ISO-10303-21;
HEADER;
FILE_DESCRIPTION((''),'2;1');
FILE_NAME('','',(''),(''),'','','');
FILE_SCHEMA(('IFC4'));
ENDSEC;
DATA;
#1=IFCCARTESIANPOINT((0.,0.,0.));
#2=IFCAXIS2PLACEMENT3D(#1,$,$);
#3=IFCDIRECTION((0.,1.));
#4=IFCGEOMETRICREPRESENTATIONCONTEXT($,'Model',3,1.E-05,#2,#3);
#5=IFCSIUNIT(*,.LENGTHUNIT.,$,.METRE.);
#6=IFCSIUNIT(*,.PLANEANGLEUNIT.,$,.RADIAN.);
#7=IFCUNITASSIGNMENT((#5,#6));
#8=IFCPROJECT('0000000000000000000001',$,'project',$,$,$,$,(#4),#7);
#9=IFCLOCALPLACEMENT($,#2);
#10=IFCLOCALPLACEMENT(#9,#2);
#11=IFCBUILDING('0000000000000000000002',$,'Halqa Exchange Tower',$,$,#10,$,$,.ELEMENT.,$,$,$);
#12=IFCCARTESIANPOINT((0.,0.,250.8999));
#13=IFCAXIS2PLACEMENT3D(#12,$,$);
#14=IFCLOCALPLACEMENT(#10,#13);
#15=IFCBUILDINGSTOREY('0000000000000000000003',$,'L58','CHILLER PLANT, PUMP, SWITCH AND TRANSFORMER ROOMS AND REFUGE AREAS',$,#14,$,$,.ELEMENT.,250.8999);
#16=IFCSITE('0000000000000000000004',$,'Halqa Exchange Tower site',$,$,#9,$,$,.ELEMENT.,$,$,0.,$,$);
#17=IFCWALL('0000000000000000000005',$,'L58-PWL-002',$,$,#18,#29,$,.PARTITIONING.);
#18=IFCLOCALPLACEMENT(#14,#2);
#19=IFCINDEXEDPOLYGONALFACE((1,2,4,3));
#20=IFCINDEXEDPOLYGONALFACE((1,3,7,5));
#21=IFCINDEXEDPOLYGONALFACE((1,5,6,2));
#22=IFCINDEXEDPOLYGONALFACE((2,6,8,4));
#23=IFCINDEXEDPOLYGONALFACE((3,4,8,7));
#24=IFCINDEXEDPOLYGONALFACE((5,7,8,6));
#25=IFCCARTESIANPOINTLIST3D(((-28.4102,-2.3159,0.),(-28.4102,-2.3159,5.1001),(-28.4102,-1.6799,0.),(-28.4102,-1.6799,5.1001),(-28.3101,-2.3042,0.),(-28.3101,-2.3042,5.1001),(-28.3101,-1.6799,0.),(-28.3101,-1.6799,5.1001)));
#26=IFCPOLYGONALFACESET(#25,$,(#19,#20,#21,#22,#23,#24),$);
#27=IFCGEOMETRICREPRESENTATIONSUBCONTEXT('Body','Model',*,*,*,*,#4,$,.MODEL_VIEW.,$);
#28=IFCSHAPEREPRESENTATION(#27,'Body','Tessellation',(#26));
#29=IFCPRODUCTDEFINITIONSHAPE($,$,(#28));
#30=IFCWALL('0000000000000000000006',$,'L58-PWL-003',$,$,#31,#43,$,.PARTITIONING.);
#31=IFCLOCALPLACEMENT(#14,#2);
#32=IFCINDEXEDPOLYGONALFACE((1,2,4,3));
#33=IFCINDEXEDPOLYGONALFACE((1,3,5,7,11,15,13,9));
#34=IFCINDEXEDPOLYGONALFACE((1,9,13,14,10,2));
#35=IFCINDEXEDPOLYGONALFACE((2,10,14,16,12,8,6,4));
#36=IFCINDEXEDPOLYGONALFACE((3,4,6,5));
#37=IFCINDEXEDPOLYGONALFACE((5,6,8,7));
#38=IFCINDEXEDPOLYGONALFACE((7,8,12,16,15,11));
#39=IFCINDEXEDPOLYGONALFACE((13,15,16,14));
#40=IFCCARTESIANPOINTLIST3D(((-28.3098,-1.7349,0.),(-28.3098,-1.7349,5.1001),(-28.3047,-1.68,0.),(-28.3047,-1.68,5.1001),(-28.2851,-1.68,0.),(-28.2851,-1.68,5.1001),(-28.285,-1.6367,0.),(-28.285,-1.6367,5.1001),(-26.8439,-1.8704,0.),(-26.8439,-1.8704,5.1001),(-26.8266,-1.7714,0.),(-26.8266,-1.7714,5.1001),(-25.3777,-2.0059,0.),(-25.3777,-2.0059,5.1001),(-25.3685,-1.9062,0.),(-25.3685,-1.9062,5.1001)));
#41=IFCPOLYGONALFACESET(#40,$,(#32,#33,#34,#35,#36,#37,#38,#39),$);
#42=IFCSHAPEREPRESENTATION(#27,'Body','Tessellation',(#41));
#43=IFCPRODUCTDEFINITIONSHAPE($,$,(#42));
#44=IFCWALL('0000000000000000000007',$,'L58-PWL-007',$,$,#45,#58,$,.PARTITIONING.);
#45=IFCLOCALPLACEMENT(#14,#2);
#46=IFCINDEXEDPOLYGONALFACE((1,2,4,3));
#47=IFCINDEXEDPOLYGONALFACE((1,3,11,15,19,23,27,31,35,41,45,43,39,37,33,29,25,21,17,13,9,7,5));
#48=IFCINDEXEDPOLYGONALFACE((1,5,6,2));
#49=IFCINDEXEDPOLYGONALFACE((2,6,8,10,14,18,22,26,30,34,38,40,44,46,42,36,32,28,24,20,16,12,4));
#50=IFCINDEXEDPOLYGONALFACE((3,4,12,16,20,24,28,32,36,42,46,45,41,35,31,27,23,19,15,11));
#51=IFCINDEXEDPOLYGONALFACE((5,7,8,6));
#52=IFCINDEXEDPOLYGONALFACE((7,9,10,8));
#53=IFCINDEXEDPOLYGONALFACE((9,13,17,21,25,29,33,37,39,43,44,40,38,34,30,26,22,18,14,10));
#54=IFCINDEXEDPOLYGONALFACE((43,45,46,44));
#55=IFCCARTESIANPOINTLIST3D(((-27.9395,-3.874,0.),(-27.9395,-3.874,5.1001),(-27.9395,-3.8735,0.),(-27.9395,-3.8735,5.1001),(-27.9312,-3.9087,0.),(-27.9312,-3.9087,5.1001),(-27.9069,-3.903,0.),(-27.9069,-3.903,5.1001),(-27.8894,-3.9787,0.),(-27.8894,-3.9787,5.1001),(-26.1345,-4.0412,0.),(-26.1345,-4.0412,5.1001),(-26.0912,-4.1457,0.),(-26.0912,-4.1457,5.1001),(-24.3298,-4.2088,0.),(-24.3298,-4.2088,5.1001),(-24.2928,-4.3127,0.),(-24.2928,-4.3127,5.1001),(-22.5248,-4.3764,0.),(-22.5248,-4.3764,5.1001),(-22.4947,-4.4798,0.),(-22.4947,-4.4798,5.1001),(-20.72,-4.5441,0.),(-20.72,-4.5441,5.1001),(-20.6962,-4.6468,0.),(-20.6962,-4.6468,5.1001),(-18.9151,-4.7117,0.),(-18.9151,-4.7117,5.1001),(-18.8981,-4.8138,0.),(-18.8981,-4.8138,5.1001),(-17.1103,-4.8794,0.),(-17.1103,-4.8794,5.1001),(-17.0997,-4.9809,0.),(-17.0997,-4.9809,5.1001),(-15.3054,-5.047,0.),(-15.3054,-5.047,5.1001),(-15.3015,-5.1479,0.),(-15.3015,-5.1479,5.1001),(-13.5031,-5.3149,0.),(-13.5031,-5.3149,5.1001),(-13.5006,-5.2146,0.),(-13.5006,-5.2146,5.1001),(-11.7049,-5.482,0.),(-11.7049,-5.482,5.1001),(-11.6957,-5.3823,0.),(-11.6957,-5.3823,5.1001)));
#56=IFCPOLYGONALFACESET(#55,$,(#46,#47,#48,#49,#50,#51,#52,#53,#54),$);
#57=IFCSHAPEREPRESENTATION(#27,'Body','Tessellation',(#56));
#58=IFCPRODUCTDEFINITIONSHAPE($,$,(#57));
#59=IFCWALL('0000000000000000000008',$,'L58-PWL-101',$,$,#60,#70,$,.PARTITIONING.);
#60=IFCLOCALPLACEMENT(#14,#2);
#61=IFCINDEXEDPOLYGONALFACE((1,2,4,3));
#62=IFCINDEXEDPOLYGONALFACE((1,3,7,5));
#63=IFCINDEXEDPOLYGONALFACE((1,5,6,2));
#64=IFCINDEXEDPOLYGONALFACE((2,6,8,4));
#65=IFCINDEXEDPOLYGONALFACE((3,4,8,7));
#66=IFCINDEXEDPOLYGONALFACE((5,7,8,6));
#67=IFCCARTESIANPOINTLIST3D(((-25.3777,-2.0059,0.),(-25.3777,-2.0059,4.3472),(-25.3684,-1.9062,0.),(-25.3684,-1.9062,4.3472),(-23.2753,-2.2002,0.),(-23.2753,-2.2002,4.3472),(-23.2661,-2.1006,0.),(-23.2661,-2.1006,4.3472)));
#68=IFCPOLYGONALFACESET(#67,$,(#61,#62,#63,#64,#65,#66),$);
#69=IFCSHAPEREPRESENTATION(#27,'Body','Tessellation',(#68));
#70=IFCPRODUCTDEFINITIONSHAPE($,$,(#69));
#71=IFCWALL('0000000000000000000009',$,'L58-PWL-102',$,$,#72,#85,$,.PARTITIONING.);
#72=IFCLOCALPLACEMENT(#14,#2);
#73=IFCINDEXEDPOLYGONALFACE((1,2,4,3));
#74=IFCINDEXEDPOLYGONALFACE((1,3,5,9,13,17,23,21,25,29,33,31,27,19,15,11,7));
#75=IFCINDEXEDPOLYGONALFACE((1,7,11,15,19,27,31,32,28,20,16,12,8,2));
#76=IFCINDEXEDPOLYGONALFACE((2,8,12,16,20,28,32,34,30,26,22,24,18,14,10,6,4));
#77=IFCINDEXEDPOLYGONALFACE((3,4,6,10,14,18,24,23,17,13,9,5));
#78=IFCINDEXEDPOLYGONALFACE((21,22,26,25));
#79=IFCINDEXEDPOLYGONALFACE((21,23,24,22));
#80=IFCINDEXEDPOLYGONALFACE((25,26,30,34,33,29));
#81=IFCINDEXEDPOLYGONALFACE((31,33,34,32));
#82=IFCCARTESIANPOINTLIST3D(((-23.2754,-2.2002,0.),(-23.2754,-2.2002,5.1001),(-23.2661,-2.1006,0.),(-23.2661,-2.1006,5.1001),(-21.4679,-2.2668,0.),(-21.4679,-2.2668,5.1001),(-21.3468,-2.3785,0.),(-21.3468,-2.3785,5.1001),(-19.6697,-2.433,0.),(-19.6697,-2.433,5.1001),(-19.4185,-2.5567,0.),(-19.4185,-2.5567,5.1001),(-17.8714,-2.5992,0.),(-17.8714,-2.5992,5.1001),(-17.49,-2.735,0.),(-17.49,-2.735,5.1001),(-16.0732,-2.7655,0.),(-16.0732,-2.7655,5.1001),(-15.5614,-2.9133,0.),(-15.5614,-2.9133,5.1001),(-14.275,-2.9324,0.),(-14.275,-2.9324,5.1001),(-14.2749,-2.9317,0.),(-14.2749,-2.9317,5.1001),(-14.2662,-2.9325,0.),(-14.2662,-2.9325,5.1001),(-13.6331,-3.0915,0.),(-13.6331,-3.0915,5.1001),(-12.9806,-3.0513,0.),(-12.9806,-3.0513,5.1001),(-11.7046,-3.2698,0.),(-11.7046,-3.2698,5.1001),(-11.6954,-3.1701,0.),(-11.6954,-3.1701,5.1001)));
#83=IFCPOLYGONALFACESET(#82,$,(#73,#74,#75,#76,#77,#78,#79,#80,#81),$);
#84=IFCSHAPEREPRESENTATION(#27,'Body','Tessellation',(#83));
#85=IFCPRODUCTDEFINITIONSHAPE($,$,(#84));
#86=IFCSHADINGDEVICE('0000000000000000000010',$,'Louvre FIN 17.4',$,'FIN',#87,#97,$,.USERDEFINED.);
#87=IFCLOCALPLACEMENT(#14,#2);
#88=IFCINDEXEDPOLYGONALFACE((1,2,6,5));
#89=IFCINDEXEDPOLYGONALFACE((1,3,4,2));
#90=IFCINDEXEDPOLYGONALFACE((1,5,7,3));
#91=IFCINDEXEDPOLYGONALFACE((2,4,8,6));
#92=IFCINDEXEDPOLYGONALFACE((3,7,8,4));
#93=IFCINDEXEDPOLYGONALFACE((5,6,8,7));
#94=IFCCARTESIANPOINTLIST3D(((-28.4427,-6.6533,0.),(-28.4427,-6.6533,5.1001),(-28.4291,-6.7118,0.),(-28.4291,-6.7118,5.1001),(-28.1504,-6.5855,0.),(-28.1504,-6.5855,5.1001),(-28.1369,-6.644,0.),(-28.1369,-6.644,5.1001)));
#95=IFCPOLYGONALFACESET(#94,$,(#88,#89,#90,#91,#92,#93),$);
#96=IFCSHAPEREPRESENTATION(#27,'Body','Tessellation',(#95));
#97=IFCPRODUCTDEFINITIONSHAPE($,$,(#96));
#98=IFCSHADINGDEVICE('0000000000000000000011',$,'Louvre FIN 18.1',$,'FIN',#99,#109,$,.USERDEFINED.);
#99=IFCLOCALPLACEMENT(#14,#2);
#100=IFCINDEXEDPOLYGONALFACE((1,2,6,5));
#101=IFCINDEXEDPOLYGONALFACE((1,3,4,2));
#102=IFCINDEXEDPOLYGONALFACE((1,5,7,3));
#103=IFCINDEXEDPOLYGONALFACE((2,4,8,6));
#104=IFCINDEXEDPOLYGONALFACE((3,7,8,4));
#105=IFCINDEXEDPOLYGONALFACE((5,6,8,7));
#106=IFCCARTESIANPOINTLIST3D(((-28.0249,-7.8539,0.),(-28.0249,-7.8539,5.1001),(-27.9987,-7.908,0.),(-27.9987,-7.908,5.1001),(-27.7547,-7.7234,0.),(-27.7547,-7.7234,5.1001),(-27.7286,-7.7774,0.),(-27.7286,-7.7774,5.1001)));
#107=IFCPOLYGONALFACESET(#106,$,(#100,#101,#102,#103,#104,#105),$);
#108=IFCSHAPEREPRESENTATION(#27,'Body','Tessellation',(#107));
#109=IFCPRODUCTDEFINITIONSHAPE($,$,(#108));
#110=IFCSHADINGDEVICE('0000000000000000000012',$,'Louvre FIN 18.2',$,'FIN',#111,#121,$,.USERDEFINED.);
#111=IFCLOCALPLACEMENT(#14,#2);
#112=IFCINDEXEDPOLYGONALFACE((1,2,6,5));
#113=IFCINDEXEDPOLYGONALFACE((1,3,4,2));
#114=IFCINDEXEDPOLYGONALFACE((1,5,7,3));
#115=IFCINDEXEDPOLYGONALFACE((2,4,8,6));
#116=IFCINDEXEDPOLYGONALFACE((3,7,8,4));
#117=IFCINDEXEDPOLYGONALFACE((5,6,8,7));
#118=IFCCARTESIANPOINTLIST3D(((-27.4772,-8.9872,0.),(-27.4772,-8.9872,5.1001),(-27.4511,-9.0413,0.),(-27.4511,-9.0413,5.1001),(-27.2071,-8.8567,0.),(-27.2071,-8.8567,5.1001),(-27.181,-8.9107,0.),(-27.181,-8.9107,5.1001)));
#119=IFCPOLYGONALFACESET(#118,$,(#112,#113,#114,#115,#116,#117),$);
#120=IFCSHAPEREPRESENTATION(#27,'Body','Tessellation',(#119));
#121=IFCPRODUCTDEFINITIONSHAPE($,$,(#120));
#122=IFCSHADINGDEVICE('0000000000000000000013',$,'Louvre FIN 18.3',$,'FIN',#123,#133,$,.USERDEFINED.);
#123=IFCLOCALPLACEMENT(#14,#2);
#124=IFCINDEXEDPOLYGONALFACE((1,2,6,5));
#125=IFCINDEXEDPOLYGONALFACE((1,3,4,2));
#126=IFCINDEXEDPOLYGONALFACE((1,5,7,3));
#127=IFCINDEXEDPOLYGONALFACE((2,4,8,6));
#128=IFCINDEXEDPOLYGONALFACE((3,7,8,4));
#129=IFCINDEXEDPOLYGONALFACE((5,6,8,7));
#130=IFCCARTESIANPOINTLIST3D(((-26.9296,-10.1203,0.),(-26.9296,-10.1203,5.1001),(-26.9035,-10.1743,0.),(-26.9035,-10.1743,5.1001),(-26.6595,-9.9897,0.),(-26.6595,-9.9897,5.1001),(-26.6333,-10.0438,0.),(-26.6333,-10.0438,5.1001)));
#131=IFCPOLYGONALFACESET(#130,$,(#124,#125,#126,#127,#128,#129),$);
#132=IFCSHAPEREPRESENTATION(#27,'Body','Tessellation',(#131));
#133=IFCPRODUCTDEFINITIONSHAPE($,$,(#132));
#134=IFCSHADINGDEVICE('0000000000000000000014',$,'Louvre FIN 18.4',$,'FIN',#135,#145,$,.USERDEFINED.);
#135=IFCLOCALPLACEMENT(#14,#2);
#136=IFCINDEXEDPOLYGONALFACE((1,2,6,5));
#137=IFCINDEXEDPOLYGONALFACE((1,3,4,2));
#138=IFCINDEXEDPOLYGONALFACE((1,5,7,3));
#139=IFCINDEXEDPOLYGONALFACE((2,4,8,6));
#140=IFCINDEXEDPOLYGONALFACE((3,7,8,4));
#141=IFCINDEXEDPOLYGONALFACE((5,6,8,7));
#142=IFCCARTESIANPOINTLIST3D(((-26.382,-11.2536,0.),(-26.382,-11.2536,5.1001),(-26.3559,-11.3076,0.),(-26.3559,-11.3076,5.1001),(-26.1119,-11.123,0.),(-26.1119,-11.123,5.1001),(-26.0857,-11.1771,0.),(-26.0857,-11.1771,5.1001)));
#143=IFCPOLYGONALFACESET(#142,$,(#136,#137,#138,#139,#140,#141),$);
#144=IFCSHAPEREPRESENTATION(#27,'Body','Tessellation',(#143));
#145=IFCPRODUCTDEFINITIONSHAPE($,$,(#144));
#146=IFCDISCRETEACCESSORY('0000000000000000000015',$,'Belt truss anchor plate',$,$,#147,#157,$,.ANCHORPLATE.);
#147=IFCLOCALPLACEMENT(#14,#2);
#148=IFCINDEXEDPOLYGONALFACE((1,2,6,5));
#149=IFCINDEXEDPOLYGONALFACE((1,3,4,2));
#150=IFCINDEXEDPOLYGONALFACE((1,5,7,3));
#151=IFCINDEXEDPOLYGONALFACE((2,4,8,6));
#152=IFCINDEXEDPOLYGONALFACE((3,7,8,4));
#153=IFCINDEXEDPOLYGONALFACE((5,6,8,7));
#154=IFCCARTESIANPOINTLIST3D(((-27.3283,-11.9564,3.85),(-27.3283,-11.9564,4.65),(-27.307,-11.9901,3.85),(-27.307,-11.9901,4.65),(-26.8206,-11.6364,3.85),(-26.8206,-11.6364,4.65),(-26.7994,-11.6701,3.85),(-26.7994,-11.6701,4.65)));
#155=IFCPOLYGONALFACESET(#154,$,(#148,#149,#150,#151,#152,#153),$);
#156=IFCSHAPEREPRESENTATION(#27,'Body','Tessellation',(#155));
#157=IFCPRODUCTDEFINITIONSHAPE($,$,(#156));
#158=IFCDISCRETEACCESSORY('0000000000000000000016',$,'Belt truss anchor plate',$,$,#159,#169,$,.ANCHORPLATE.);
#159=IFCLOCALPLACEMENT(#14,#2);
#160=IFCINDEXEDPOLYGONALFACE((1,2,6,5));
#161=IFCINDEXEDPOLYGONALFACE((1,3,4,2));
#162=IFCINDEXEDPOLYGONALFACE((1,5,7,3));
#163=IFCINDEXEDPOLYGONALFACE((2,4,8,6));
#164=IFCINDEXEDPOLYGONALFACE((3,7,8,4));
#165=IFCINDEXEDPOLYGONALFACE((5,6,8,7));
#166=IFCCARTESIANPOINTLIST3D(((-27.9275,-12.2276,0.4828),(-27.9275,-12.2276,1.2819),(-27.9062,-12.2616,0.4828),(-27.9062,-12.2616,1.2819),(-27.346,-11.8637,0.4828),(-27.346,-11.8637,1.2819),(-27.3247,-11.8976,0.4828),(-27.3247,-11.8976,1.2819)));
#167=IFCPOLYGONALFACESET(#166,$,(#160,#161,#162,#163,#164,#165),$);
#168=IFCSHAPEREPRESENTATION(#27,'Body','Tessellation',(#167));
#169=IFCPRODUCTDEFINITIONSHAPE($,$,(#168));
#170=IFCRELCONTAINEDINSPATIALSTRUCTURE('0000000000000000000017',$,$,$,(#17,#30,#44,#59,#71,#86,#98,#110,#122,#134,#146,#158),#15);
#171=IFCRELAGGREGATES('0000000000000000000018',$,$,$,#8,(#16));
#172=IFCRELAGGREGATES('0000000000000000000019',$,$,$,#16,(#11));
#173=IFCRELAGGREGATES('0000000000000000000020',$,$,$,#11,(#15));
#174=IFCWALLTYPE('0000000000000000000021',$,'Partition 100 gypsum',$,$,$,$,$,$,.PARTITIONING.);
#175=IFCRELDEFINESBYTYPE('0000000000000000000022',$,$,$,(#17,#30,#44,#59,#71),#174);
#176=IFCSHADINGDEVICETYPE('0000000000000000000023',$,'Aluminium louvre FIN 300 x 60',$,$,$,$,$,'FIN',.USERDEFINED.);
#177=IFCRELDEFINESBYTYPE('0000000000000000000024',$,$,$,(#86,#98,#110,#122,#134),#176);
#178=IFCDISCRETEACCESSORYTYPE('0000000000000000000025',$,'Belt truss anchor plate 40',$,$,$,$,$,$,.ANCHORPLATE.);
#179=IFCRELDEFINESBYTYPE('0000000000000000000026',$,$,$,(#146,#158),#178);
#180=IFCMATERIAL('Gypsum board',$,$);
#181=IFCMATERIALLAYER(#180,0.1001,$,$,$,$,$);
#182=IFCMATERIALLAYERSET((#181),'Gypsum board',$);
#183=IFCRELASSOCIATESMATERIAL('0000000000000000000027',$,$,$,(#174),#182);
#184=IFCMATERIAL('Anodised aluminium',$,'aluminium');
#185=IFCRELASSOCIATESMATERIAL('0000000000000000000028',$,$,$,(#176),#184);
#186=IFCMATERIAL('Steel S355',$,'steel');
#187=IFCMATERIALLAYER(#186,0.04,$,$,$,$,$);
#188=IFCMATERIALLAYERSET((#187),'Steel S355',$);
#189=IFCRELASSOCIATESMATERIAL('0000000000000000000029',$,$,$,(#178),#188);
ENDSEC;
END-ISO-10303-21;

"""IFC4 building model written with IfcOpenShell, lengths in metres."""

from ifc_helpers import new_model, si_unit, direction, frame, origin, origin_2d, place, context, subcontext, project, spatial, polyline, rectangle, outline, extrude, material, layer, layer_set, material_profile, profile_set, type_object, element, save


model = new_model("IFC4")

# Units and contexts
model_context = context("Model", 3, precision=1e-05, world=origin(), true_north=direction((0.0, 1.0)))
body_context = subcontext(model_context, "Body", "Model", "MODEL_VIEW")
ifc_project = project(units=[si_unit("LENGTHUNIT", "METRE"), si_unit("PLANEANGLEUNIT", "RADIAN")], contexts=[model_context])

# Site, building, storey
site_placement = place(None, origin())
site = spatial("IfcSite", under=ifc_project, at=site_placement, Name="Halqa Exchange Tower site", CompositionType="ELEMENT", RefElevation=0.0)
building_placement = place(site_placement, origin())
building = spatial("IfcBuilding", under=site, at=building_placement, Name="Halqa Exchange Tower", CompositionType="ELEMENT")
storey_placement = place(building_placement, frame((0.0, 0.0, 250.8999)))
storey = spatial("IfcBuildingStorey", under=building, at=storey_placement, Name="L58", Description="CHILLER PLANT, PUMP, SWITCH AND TRANSFORMER ROOMS AND REFUGE AREAS", CompositionType="ELEMENT", Elevation=250.8999)

# Shared definitions
ifc_material_1 = material(Name="Steel S355", Category="steel")

# Walls
ifc_material_2 = material(Name="Gypsum board")
ifc_layer_1 = layer(ifc_material_2, 0.1001)
ifc_layer_set_1 = layer_set([ifc_layer_1], Name="Gypsum board")
wall_type_1 = type_object("IfcWallType", Name="Partition 100 gypsum", PredefinedType="PARTITIONING", material=ifc_layer_set_1)
wall_1_placement = place(storey_placement, frame((-28.3601, -1.6799, 0.0), z_axis=(0.0, 0.0, 1.0), x_axis=(0.0, -1.0, 0.0)))
element("IfcWall", 1, at=wall_1_placement, inside=storey, type_object=wall_type_1, Name="L58-PWL-002", PredefinedType="PARTITIONING", context=body_context, shape_type="SweptSolid", body=[
    extrude(outline(polyline([(0.0, -0.05), (0.636, -0.05), (0.6243, 0.05), (0.0, 0.05), (0.0, -0.05)])), origin(), (0.0, 0.0, 1.0), 5.1001),
])
wall_2_placement = place(storey_placement, frame((-28.3052, -1.6851, 0.0), z_axis=(0.0, 0.0, 1.0), x_axis=(0.995756, -0.092031, 0.0)))
element("IfcWall", 2, at=wall_2_placement, inside=storey, type_object=wall_type_1, Name="L58-PWL-003", PredefinedType="PARTITIONING", context=body_context, shape_type="SweptSolid", body=[
    extrude(outline(polyline([(2.9446, 0.05), (1.4802, 0.05), (0.0156, 0.05), (0.0195, 0.0068), (0.0, 0.0051), (0.0, -0.05), (1.4722, -0.05), (2.9446, -0.05), (2.9446, 0.05)])), origin(), (0.0, 0.0, 1.0), 5.1001),
])
wall_3_placement = place(storey_placement, frame((-27.9441, -3.9233, 0.0), z_axis=(0.0, 0.0, 1.0), x_axis=(0.995714, -0.092485, 0.0)))
element("IfcWall", 3, at=wall_3_placement, inside=storey, type_object=wall_type_1, Name="L58-PWL-007", PredefinedType="PARTITIONING", context=body_context, shape_type="SweptSolid", body=[
    extrude(outline(polyline([(0.0, 0.05), (0.0, 0.0496), (0.0115, 0.0159), (0.0, 0.0122), (0.0, 0.012), (0.0352, 0.0237), (0.0596, -0.05), (1.8655, -0.05), (3.6716, -0.05), (5.4775, -0.05), (7.2837, -0.05), (9.0896, -0.05), (10.8958, -0.05), (12.7017, -0.05), (14.5078, -0.05), (16.3137, -0.05), (16.3137, 0.05), (14.501, 0.05), (12.6885, 0.05), (10.8757, 0.05), (9.0632, 0.05), (7.2505, 0.05), (5.438, 0.05), (3.6252, 0.05), (1.8127, 0.05), (0.0, 0.05)])), origin(), (0.0, 0.0, 1.0), 5.1001),
])
wall_4_placement = place(storey_placement, frame((-25.373, -1.9561, 0.0), z_axis=(0.0, 0.0, 1.0), x_axis=(0.995755, -0.092047, 0.0)))
element("IfcWall", 4, at=wall_4_placement, inside=storey, type_object=wall_type_1, Name="L58-PWL-101", PredefinedType="PARTITIONING", context=body_context, shape_type="SweptSolid", body=[
    extrude(outline(polyline([(0.0, 0.05), (0.0, -0.05), (2.1113, -0.05), (2.1113, 0.05), (0.0, 0.05)])), origin(), (0.0, 0.0, 1.0), 4.3472),
])
wall_5_placement = place(storey_placement, frame((-23.2708, -2.1504, 0.0), z_axis=(0.0, 0.0, 1.0), x_axis=(0.995755, -0.092045, 0.0)))
element("IfcWall", 5, at=wall_5_placement, inside=storey, type_object=wall_type_1, Name="L58-PWL-102", PredefinedType="PARTITIONING", context=body_context, shape_type="SweptSolid", body=[
    extrude(outline(polyline([(11.6201, 0.05), (10.3293, 0.05), (9.0383, 0.05), (9.0295, 0.0493), (9.0295, 0.05), (7.2236, 0.05), (5.4177, 0.05), (3.6118, 0.05), (1.8059, 0.05), (0.0, 0.05), (0.0, -0.05), (1.9368, -0.05), (3.8733, -0.05), (5.8101, -0.05), (7.7468, -0.05), (9.6833, -0.05), (11.6201, -0.05), (11.6201, 0.05)])), origin(), (0.0, 0.0, 1.0), 5.1001),
])

# Shading devices
ifc_material_3 = material(Name="Anodised aluminium", Category="aluminium")
ifc_material_profile_1 = material_profile(ifc_material_3, rectangle(XDim=0.3, YDim=0.0601, at=origin_2d()), Name="AL FIN 300x60")
ifc_profile_set_1 = profile_set([ifc_material_profile_1], Name="Anodised aluminium")
shading_device_type = type_object("IfcShadingDeviceType", Name="Aluminium louvre FIN 300 x 60", ElementType="FIN", PredefinedType="USERDEFINED", material=ifc_profile_set_1)
for number, where, z_axis, x_axis, name in (
    (6, (-28.2898, -6.6487, 0.0), (0.0, 0.0, 1.0), (0.974113, 0.226061, 0.0), "Louvre FIN 17.4"),
    (7, (-27.8767, -7.8157, 0.0), (0.0, 0.0, 1.0), (0.900386, 0.435093, 0.0), "Louvre FIN 18.1"),
    (8, (-27.3291, -8.949, 0.0), (0.0, 0.0, 1.0), (0.900386, 0.435093, 0.0), "Louvre FIN 18.2"),
    (9, (-26.7815, -10.082, 0.0), (0.0, 0.0, 1.0), (0.900386, 0.435093, 0.0), "Louvre FIN 18.3"),
    (10, (-26.2339, -11.2153, 0.0), (0.0, 0.0, 1.0), (0.900386, 0.435093, 0.0), "Louvre FIN 18.4"),
):
    element("IfcShadingDevice", number, at=place(storey_placement, frame(where, z_axis=z_axis, x_axis=x_axis)), inside=storey, type_object=shading_device_type, Name=name, ObjectType="FIN", PredefinedType="USERDEFINED", context=body_context, shape_type="SweptSolid", body=[
        extrude(rectangle(XDim=0.3, YDim=0.0601, at=origin_2d()), origin(), (0.0, 0.0, 1.0), 5.1001),
    ])

# Discrete accessories
ifc_layer_2 = layer(ifc_material_1, 0.04)
ifc_layer_set_2 = layer_set([ifc_layer_2], Name="Steel S355")
discrete_accessory_type = type_object("IfcDiscreteAccessoryType", Name="Belt truss anchor plate 40", PredefinedType="ANCHORPLATE", material=ifc_layer_set_2)
discrete_accessory_1_placement = place(storey_placement, frame((-27.0532, -11.8301, 4.25), z_axis=(-0.533301, 0.845926, 0.0), x_axis=(-0.845926, -0.533301, 0.0)))
element("IfcDiscreteAccessory", 11, at=discrete_accessory_1_placement, inside=storey, type_object=discrete_accessory_type, Name="Belt truss anchor plate", PredefinedType="ANCHORPLATE", context=body_context, shape_type="SweptSolid", body=[
    extrude(rectangle(XDim=0.6001, YDim=0.8, at=origin_2d()), origin(), (0.0, 0.0, 1.0), 0.0398),
])
discrete_accessory_2_placement = place(storey_placement, frame((-27.6155, -12.0796, 0.8823), z_axis=(-0.530547, 0.847656, 0.0), x_axis=(-0.847656, -0.530547, 0.0)))
element("IfcDiscreteAccessory", 12, at=discrete_accessory_2_placement, inside=storey, type_object=discrete_accessory_type, Name="Belt truss anchor plate", PredefinedType="ANCHORPLATE", context=body_context, shape_type="SweptSolid", body=[
    extrude(rectangle(XDim=0.686, YDim=0.7991, at=origin_2d()), origin(), (0.0, 0.0, 1.0), 0.04),
])

save(model, "model.ifc")
